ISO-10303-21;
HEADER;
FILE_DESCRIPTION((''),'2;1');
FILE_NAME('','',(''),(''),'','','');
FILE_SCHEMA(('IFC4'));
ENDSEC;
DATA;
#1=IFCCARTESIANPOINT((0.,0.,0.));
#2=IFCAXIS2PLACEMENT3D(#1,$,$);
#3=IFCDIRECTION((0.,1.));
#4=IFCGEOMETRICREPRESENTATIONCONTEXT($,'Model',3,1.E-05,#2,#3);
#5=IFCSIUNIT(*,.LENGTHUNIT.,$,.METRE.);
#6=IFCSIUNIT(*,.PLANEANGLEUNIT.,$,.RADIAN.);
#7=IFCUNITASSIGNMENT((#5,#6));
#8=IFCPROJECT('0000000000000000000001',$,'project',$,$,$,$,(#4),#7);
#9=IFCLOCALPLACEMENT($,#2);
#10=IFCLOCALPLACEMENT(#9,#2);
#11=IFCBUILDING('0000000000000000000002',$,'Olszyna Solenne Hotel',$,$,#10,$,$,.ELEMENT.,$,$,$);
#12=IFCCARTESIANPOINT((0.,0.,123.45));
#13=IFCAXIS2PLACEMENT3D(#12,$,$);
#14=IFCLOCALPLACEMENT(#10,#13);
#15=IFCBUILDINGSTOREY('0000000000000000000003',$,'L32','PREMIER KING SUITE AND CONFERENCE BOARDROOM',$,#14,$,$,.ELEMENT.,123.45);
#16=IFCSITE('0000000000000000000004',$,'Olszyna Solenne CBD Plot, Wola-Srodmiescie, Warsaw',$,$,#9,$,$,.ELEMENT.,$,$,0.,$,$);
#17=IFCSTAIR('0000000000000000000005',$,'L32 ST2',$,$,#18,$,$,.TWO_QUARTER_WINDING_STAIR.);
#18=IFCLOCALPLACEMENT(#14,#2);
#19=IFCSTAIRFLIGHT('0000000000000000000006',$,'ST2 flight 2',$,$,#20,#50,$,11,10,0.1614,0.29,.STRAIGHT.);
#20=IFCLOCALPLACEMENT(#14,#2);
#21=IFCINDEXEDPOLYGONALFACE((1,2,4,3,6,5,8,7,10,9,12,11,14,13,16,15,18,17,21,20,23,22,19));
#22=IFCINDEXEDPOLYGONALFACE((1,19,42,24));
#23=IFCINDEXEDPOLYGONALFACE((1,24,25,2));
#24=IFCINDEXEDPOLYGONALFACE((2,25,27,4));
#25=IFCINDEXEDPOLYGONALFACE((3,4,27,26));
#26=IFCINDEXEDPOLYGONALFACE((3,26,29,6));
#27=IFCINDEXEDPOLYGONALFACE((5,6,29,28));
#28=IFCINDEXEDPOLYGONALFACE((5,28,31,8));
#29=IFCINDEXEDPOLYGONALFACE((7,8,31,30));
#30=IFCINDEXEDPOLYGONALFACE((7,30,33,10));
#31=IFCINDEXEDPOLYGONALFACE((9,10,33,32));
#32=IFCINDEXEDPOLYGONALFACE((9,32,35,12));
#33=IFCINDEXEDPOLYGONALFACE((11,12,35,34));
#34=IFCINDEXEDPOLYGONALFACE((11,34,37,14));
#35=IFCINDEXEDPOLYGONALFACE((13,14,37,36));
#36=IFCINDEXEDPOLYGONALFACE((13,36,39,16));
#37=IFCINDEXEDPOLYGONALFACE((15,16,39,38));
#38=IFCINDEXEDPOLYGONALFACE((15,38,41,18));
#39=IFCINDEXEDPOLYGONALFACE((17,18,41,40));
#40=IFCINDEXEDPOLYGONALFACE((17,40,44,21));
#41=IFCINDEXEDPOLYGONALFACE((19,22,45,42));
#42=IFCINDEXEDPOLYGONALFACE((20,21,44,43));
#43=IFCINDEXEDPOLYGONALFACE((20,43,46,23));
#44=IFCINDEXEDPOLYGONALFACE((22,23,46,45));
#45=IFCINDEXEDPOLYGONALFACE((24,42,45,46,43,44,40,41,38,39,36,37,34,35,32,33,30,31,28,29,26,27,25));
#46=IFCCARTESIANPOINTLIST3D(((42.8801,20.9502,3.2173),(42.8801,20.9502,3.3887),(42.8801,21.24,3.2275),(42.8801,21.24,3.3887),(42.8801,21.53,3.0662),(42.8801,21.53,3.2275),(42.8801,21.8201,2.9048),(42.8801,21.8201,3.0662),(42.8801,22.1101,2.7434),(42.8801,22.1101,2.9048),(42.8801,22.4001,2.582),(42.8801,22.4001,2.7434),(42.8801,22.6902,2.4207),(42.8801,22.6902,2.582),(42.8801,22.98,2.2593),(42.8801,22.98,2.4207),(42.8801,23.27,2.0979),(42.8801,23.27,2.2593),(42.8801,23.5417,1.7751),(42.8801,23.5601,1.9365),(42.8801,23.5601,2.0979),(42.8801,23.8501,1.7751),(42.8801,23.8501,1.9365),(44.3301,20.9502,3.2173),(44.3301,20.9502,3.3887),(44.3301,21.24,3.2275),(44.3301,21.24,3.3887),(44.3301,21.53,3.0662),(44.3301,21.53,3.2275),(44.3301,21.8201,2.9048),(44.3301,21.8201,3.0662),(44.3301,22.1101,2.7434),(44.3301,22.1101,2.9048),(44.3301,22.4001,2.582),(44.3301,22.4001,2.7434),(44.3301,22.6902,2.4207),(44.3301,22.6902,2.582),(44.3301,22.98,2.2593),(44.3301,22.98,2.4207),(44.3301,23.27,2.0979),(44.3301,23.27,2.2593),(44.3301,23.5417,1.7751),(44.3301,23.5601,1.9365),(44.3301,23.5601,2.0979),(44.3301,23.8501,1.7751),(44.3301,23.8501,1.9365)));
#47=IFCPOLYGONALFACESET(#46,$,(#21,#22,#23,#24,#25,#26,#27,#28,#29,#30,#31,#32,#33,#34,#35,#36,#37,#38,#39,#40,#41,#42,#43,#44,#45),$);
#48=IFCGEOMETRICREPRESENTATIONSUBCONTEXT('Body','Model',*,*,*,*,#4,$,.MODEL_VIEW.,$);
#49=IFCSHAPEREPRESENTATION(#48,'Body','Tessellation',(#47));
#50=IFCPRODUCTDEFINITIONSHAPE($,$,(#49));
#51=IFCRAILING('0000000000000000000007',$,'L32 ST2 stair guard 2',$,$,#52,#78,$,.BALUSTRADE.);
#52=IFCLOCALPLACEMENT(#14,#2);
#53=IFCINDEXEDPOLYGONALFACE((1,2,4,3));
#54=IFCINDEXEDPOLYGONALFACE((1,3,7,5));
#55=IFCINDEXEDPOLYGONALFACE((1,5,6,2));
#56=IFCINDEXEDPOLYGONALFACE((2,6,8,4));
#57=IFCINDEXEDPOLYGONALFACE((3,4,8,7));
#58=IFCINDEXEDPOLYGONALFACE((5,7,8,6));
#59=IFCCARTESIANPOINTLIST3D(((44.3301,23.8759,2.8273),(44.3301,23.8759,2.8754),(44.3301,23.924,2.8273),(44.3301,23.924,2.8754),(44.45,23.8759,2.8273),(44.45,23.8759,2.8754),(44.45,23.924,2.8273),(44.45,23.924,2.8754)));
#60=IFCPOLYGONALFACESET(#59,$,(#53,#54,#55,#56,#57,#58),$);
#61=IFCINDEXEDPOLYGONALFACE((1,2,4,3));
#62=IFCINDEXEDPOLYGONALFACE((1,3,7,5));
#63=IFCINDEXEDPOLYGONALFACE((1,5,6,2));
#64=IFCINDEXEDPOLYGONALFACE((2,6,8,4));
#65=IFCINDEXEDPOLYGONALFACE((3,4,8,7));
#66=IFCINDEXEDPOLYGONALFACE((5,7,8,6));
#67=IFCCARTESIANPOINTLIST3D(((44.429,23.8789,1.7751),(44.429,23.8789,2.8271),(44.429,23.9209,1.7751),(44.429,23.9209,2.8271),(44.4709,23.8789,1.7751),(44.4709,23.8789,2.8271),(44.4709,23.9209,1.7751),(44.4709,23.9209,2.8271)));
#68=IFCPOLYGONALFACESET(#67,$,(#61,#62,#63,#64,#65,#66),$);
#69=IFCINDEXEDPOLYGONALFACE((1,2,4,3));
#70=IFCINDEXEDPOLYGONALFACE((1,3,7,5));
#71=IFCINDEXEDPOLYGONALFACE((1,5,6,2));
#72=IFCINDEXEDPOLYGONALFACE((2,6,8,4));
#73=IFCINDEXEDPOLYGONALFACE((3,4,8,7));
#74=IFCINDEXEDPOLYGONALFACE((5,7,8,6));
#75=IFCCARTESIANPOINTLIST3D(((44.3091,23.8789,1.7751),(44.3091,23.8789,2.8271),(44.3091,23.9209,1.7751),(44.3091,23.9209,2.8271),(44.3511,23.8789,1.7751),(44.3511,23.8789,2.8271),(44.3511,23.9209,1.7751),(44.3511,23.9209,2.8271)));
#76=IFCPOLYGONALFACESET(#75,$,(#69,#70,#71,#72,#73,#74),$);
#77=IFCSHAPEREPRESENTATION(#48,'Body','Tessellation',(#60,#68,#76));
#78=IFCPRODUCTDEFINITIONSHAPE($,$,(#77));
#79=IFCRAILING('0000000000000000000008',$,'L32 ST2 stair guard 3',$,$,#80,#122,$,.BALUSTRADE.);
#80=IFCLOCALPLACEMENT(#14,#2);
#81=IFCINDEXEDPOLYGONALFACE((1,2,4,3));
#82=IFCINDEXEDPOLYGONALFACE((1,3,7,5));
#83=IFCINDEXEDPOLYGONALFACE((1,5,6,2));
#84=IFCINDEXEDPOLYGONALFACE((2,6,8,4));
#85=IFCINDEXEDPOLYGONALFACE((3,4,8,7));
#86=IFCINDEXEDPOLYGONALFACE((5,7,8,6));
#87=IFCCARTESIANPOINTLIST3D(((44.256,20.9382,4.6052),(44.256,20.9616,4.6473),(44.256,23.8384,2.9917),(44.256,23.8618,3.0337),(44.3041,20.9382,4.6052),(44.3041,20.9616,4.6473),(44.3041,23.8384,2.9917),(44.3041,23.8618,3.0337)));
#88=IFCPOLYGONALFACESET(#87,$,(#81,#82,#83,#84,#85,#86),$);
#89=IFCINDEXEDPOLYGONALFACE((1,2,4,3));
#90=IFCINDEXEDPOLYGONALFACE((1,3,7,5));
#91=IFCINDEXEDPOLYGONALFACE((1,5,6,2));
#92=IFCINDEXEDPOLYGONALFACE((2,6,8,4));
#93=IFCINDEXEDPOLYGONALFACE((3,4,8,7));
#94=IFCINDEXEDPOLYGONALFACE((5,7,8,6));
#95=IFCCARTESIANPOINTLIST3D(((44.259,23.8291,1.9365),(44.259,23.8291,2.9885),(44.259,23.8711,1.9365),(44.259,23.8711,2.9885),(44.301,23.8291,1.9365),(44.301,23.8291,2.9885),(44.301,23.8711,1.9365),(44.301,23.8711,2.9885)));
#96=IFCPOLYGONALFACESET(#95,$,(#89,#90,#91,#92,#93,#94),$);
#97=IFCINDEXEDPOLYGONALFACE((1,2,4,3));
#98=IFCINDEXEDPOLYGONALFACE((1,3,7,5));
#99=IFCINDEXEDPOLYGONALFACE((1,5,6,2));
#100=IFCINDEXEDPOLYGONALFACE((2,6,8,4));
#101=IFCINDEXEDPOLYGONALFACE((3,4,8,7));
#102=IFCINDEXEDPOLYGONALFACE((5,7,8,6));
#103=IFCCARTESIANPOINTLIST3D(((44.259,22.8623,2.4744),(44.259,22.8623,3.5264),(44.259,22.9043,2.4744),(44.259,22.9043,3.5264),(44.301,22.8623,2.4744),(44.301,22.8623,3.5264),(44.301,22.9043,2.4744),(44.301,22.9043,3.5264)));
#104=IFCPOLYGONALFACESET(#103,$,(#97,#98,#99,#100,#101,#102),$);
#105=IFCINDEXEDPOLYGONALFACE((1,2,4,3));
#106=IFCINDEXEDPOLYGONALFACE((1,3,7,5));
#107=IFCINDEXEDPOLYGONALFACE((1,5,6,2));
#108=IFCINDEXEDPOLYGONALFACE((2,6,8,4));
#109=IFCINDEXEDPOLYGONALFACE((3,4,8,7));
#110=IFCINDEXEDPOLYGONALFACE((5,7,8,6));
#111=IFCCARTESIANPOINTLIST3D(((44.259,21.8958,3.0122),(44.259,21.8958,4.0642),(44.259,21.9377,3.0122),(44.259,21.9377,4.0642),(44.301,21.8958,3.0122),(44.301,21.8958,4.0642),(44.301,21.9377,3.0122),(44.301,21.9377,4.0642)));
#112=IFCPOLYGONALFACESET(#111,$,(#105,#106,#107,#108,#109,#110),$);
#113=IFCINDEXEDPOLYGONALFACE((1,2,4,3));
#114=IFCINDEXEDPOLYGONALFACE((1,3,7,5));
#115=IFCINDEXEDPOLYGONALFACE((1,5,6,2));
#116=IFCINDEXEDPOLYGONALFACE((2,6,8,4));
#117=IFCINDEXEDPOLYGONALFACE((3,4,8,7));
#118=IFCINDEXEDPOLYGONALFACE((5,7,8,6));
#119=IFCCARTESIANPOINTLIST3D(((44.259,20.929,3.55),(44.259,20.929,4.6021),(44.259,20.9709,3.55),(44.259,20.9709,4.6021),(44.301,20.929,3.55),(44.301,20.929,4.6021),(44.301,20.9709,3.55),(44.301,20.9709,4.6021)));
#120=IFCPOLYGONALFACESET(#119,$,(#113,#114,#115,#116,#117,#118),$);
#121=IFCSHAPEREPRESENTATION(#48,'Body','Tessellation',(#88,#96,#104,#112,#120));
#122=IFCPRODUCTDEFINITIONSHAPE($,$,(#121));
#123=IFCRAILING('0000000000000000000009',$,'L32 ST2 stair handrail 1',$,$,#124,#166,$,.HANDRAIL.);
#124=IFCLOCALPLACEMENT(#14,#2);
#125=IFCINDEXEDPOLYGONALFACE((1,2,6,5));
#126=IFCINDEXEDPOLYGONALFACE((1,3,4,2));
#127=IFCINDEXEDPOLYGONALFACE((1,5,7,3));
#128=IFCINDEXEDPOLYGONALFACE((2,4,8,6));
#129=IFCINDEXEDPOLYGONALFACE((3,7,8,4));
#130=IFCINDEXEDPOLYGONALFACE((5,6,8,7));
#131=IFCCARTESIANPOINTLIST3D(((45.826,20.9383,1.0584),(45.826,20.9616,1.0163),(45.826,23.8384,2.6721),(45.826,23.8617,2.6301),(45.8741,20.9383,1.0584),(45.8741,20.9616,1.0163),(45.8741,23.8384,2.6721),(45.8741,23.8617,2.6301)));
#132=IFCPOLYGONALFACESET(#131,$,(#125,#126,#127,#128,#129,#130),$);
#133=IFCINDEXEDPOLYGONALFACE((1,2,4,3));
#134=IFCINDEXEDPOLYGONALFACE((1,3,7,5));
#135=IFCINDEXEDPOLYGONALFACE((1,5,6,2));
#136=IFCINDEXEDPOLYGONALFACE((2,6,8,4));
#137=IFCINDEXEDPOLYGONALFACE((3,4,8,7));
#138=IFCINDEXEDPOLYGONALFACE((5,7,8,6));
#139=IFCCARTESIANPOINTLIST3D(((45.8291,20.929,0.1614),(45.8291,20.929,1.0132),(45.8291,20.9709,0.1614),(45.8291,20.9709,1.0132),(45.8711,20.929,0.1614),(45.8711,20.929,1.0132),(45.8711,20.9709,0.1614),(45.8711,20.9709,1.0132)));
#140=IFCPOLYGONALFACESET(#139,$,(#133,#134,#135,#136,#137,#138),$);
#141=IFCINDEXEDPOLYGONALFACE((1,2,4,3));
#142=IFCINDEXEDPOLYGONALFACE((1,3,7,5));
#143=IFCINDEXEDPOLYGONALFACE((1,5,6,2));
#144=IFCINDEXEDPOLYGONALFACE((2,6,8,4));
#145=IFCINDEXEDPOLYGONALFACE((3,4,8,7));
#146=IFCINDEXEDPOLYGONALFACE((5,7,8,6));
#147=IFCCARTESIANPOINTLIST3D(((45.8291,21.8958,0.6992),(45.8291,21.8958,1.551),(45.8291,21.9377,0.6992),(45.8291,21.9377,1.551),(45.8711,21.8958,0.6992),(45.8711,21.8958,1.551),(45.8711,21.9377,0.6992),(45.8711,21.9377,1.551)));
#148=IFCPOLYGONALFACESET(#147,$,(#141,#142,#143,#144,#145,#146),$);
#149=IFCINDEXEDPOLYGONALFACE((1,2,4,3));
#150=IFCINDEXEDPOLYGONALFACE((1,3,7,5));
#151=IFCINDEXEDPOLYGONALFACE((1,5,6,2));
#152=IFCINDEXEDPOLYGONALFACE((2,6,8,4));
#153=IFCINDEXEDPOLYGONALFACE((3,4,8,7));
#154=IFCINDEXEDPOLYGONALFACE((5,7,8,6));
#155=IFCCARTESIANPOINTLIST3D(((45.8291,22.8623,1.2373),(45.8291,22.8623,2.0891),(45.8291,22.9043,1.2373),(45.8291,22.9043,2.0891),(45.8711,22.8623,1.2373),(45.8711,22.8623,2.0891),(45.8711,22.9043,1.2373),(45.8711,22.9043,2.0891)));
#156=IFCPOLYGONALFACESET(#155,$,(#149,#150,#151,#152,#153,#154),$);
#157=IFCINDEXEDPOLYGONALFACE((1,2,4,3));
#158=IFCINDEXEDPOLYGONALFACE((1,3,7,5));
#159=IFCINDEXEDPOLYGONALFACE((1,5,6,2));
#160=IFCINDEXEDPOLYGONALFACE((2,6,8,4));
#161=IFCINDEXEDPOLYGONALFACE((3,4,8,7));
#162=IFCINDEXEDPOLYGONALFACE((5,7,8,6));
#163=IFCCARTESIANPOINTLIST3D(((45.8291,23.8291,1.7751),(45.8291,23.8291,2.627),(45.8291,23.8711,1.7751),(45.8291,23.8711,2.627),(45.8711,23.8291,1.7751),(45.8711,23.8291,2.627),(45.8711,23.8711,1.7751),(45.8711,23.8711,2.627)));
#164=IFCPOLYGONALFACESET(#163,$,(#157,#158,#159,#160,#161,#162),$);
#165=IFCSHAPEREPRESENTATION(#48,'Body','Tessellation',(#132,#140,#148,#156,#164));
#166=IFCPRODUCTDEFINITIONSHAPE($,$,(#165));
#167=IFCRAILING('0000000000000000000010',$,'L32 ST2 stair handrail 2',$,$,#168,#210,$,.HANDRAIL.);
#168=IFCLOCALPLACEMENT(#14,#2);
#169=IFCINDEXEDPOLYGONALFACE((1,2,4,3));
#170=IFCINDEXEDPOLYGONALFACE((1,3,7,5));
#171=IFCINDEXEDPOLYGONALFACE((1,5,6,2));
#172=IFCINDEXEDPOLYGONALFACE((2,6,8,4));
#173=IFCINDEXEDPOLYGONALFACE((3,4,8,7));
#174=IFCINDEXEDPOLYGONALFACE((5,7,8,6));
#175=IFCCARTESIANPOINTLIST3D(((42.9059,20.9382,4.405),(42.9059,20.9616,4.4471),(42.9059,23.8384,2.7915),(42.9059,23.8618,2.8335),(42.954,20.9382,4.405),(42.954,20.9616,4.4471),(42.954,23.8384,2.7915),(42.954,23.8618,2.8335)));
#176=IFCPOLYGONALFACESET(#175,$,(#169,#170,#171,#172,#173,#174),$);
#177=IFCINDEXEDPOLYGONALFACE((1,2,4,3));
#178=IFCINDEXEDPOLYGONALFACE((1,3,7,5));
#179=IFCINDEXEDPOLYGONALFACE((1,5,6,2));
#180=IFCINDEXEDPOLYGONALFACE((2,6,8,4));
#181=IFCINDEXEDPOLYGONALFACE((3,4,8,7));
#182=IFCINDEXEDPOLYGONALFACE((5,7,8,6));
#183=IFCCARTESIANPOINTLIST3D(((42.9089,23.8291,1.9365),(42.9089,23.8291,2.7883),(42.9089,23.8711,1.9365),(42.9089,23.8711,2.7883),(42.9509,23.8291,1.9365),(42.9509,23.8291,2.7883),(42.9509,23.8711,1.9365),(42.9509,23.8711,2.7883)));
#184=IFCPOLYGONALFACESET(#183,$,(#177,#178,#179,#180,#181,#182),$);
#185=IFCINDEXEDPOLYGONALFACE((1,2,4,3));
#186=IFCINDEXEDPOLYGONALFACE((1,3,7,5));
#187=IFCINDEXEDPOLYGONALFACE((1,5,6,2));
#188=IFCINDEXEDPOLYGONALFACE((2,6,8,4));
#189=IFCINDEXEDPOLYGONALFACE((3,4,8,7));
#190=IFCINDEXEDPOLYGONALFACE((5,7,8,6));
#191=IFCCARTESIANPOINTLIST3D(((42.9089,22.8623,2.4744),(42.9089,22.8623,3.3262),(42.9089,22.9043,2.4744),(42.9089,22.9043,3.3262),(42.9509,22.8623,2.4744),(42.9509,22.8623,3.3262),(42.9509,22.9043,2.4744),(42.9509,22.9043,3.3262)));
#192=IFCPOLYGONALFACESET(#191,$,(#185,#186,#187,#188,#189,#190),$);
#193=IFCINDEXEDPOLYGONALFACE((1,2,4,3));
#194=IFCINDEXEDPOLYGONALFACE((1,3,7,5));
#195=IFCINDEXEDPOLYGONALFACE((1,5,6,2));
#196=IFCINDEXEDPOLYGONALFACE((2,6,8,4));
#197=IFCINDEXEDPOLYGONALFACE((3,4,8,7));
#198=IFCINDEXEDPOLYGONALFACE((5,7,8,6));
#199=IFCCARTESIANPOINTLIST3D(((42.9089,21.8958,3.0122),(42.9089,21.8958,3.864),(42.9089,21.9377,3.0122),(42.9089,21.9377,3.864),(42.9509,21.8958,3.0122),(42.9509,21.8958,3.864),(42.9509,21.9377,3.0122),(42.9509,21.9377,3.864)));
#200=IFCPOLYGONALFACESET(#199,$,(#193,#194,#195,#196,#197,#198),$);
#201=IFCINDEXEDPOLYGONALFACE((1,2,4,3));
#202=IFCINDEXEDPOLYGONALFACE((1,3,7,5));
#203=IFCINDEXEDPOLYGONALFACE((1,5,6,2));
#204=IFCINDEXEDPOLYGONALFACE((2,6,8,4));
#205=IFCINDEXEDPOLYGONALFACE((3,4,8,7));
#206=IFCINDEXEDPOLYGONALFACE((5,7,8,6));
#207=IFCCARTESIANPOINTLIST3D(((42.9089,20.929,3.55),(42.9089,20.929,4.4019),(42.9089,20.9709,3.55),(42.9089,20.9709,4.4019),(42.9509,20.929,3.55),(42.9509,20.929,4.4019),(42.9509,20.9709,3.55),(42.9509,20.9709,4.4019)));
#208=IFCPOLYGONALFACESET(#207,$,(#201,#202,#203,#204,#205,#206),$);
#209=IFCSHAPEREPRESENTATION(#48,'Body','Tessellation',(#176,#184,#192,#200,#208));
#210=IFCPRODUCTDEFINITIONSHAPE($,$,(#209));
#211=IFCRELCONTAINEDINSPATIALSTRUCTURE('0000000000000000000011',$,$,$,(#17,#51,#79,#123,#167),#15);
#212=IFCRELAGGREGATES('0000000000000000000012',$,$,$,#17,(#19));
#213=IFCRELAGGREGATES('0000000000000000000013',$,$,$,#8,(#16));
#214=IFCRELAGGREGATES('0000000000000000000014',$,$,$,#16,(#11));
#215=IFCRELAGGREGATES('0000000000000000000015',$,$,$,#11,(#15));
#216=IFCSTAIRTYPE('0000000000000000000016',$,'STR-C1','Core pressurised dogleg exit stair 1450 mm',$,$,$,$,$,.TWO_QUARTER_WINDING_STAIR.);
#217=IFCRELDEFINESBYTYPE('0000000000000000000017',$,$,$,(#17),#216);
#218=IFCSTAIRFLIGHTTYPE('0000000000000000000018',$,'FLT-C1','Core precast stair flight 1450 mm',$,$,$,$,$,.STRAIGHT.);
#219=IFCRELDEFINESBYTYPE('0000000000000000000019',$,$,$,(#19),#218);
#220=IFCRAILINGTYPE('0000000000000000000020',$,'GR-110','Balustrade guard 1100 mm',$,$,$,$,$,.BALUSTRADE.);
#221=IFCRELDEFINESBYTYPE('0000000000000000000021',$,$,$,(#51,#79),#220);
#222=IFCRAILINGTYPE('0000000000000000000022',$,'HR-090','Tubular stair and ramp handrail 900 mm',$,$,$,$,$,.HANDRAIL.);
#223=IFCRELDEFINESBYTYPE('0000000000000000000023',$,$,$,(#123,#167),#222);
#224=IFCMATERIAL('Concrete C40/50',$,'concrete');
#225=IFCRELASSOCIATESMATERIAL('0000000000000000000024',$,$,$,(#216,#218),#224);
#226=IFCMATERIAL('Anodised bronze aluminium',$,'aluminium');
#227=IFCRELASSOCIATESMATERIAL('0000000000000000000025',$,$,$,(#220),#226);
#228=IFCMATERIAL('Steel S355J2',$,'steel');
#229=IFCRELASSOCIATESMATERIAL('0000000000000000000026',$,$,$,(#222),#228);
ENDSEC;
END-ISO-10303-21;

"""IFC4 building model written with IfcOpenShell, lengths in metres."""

from ifc_helpers import new_model, si_unit, direction, frame, origin, origin_2d, place, context, subcontext, project, spatial, polyline, rectangle, outline, extrude, material, type_object, element, aggregate, save


model = new_model("IFC4")

# Units and contexts
model_context = context("Model", 3, precision=1e-05, world=origin(), true_north=direction((0.0, 1.0)))
body_context = subcontext(model_context, "Body", "Model", "MODEL_VIEW")
ifc_project = project(units=[si_unit("LENGTHUNIT", "METRE"), si_unit("PLANEANGLEUNIT", "RADIAN")], contexts=[model_context])

# Site, building, storey
site_placement = place(None, origin())
site = spatial("IfcSite", under=ifc_project, at=site_placement, Name="Olszyna Solenne CBD Plot, Wola-Srodmiescie, Warsaw", CompositionType="ELEMENT", RefElevation=0.0)
building_placement = place(site_placement, origin())
building = spatial("IfcBuilding", under=site, at=building_placement, Name="Olszyna Solenne Hotel", CompositionType="ELEMENT")
storey_placement = place(building_placement, frame((0.0, 0.0, 123.45)))
storey = spatial("IfcBuildingStorey", under=building, at=storey_placement, Name="L32", Description="PREMIER KING SUITE AND CONFERENCE BOARDROOM", CompositionType="ELEMENT", Elevation=123.45)

# Shared definitions
ifc_material_1 = material(Name="Steel S355J2", Category="steel")

# Stair, stair flight
ifc_material_2 = material(Name="Concrete C40/50", Category="concrete")
stair_type = type_object("IfcStairType", Name="STR-C1", Description="Core pressurised dogleg exit stair 1450 mm", PredefinedType="TWO_QUARTER_WINDING_STAIR", material=ifc_material_2)
stair_placement = place(storey_placement, origin())
stair = element("IfcStair", 1, at=stair_placement, inside=storey, type_object=stair_type, Name="L32 ST2", PredefinedType="TWO_QUARTER_WINDING_STAIR")
stair_flight_type = type_object("IfcStairFlightType", Name="FLT-C1", Description="Core precast stair flight 1450 mm", PredefinedType="STRAIGHT", material=ifc_material_2)
stair_flight_1_placement = place(storey_placement, frame((43.605, 23.8501, 1.7751), z_axis=(0.0, 0.0, 1.0), x_axis=(0.0, -1.0, 0.0)))
stair_flight_1 = element("IfcStairFlight", 2, at=stair_flight_1_placement, type_object=stair_flight_type, Name="ST2 flight 2", NumberOfRisers=11, NumberOfTreads=10, PredefinedType="STRAIGHT", RiserHeight=0.1614, TreadLength=0.29, context=body_context, shape_type="SweptSolid", body=[
    extrude(outline(polyline([(0.0, 0.0), (0.0, 0.1614), (0.29, 0.1614), (0.29, 0.3228), (0.5801, 0.3228), (0.5801, 0.4841), (0.8701, 0.4841), (0.8701, 0.6455), (1.1599, 0.6455), (1.1599, 0.8069), (1.45, 0.8069), (1.45, 0.9683), (1.74, 0.9683), (1.74, 1.1296), (2.03, 1.1296), (2.03, 1.291), (2.3201, 1.291), (2.3201, 1.4524), (2.6101, 1.4524), (2.6101, 1.6135), (2.8999, 1.6135), (2.8999, 1.7749), (2.8999, 1.4421), (0.3083, 0.0), (0.0, 0.0)])), frame((0.0, 0.7251, 0.0), z_axis=(0.0, -1.0, 0.0), x_axis=(1.0, 0.0, 0.0)), (0.0, 0.0, 1.0), 1.45),
])
aggregate(stair, [stair_flight_1])

# Railings
ifc_material_3 = material(Name="Anodised bronze aluminium", Category="aluminium")
railing_type_1 = type_object("IfcRailingType", Name="GR-110", Description="Balustrade guard 1100 mm", PredefinedType="BALUSTRADE", material=ifc_material_3)
railing_1_placement = place(storey_placement, frame((44.45, 23.8999, 1.7751)))
element("IfcRailing", 3, at=railing_1_placement, inside=storey, type_object=railing_type_1, Name="L32 ST2 stair guard 2", PredefinedType="BALUSTRADE", context=body_context, shape_type="SweptSolid", body=[
    extrude(rectangle(XDim=0.0481, YDim=0.0481, at=origin_2d()), frame((0.0, 0.0, 1.0762), z_axis=(-1.0, 0.0, 0.0), x_axis=(0.0, -1.0, 0.0)), (0.0, 0.0, 1.0), 0.1199),
    extrude(rectangle(XDim=0.042, YDim=0.042, at=origin_2d()), origin(), (0.0, 0.0, 1.0), 1.052),
    extrude(rectangle(XDim=0.042, YDim=0.042, at=origin_2d()), frame((-0.1199, 0.0, 0.0)), (0.0, 0.0, 1.0), 1.052),
])
railing_2_placement = place(storey_placement, frame((44.28, 23.8501, 1.9365)))
element("IfcRailing", 4, at=railing_2_placement, inside=storey, type_object=railing_type_1, Name="L32 ST2 stair guard 3", PredefinedType="BALUSTRADE", context=body_context, shape_type="SweptSolid", body=[
    extrude(rectangle(XDim=0.0481, YDim=0.0481, at=origin_2d()), frame((0.0, 0.0, 1.0762), z_axis=(0.0, -0.873859, 0.48618), x_axis=(1.0, 0.0, 0.0)), (0.0, 0.0, 1.0), 3.3188),
    extrude(rectangle(XDim=0.042, YDim=0.042, at=origin_2d()), origin(), (0.0, 0.0, 1.0), 1.052),
    extrude(rectangle(XDim=0.042, YDim=0.042, at=origin_2d()), frame((0.0, -0.9668, 0.5378)), (0.0, 0.0, 1.0), 1.052),
    extrude(rectangle(XDim=0.042, YDim=0.042, at=origin_2d()), frame((0.0, -1.9333, 1.0757)), (0.0, 0.0, 1.0), 1.052),
    extrude(rectangle(XDim=0.042, YDim=0.042, at=origin_2d()), frame((0.0, -2.9001, 1.6135)), (0.0, 0.0, 1.0), 1.052),
])
railing_type_2 = type_object("IfcRailingType", Name="HR-090", Description="Tubular stair and ramp handrail 900 mm", PredefinedType="HANDRAIL", material=ifc_material_1)
railing_3_placement = place(storey_placement, frame((45.8501, 20.95, 0.1614)))
element("IfcRailing", 5, at=railing_3_placement, inside=storey, type_object=railing_type_2, Name="L32 ST2 stair handrail 1", PredefinedType="HANDRAIL", context=body_context, shape_type="SweptSolid", body=[
    extrude(rectangle(XDim=0.0481, YDim=0.0481, at=origin_2d()), frame((0.0, 0.0, 0.876), z_axis=(0.0, 0.873827, 0.486236), x_axis=(-1.0, 0.0, 0.0)), (0.0, 0.0, 1.0), 3.3188),
    extrude(rectangle(XDim=0.042, YDim=0.042, at=origin_2d()), origin(), (0.0, 0.0, 1.0), 0.8518),
    extrude(rectangle(XDim=0.042, YDim=0.042, at=origin_2d()), frame((0.0, 0.9668, 0.5378)), (0.0, 0.0, 1.0), 0.8518),
    extrude(rectangle(XDim=0.042, YDim=0.042, at=origin_2d()), frame((0.0, 1.9333, 1.0759)), (0.0, 0.0, 1.0), 0.8518),
    extrude(rectangle(XDim=0.042, YDim=0.042, at=origin_2d()), frame((0.0, 2.9001, 1.6138)), (0.0, 0.0, 1.0), 0.8518),
])
railing_4_placement = place(storey_placement, frame((42.9299, 23.8501, 1.9365)))
element("IfcRailing", 6, at=railing_4_placement, inside=storey, type_object=railing_type_2, Name="L32 ST2 stair handrail 2", PredefinedType="HANDRAIL", context=body_context, shape_type="SweptSolid", body=[
    extrude(rectangle(XDim=0.0481, YDim=0.0481, at=origin_2d()), frame((0.0, 0.0, 0.876), z_axis=(0.0, -0.873859, 0.48618), x_axis=(1.0, 0.0, 0.0)), (0.0, 0.0, 1.0), 3.3188),
    extrude(rectangle(XDim=0.042, YDim=0.042, at=origin_2d()), origin(), (0.0, 0.0, 1.0), 0.8518),
    extrude(rectangle(XDim=0.042, YDim=0.042, at=origin_2d()), frame((0.0, -0.9668, 0.5378)), (0.0, 0.0, 1.0), 0.8518),
    extrude(rectangle(XDim=0.042, YDim=0.042, at=origin_2d()), frame((0.0, -1.9333, 1.0757)), (0.0, 0.0, 1.0), 0.8518),
    extrude(rectangle(XDim=0.042, YDim=0.042, at=origin_2d()), frame((0.0, -2.9001, 1.6135)), (0.0, 0.0, 1.0), 0.8518),
])

save(model, "model.ifc")
